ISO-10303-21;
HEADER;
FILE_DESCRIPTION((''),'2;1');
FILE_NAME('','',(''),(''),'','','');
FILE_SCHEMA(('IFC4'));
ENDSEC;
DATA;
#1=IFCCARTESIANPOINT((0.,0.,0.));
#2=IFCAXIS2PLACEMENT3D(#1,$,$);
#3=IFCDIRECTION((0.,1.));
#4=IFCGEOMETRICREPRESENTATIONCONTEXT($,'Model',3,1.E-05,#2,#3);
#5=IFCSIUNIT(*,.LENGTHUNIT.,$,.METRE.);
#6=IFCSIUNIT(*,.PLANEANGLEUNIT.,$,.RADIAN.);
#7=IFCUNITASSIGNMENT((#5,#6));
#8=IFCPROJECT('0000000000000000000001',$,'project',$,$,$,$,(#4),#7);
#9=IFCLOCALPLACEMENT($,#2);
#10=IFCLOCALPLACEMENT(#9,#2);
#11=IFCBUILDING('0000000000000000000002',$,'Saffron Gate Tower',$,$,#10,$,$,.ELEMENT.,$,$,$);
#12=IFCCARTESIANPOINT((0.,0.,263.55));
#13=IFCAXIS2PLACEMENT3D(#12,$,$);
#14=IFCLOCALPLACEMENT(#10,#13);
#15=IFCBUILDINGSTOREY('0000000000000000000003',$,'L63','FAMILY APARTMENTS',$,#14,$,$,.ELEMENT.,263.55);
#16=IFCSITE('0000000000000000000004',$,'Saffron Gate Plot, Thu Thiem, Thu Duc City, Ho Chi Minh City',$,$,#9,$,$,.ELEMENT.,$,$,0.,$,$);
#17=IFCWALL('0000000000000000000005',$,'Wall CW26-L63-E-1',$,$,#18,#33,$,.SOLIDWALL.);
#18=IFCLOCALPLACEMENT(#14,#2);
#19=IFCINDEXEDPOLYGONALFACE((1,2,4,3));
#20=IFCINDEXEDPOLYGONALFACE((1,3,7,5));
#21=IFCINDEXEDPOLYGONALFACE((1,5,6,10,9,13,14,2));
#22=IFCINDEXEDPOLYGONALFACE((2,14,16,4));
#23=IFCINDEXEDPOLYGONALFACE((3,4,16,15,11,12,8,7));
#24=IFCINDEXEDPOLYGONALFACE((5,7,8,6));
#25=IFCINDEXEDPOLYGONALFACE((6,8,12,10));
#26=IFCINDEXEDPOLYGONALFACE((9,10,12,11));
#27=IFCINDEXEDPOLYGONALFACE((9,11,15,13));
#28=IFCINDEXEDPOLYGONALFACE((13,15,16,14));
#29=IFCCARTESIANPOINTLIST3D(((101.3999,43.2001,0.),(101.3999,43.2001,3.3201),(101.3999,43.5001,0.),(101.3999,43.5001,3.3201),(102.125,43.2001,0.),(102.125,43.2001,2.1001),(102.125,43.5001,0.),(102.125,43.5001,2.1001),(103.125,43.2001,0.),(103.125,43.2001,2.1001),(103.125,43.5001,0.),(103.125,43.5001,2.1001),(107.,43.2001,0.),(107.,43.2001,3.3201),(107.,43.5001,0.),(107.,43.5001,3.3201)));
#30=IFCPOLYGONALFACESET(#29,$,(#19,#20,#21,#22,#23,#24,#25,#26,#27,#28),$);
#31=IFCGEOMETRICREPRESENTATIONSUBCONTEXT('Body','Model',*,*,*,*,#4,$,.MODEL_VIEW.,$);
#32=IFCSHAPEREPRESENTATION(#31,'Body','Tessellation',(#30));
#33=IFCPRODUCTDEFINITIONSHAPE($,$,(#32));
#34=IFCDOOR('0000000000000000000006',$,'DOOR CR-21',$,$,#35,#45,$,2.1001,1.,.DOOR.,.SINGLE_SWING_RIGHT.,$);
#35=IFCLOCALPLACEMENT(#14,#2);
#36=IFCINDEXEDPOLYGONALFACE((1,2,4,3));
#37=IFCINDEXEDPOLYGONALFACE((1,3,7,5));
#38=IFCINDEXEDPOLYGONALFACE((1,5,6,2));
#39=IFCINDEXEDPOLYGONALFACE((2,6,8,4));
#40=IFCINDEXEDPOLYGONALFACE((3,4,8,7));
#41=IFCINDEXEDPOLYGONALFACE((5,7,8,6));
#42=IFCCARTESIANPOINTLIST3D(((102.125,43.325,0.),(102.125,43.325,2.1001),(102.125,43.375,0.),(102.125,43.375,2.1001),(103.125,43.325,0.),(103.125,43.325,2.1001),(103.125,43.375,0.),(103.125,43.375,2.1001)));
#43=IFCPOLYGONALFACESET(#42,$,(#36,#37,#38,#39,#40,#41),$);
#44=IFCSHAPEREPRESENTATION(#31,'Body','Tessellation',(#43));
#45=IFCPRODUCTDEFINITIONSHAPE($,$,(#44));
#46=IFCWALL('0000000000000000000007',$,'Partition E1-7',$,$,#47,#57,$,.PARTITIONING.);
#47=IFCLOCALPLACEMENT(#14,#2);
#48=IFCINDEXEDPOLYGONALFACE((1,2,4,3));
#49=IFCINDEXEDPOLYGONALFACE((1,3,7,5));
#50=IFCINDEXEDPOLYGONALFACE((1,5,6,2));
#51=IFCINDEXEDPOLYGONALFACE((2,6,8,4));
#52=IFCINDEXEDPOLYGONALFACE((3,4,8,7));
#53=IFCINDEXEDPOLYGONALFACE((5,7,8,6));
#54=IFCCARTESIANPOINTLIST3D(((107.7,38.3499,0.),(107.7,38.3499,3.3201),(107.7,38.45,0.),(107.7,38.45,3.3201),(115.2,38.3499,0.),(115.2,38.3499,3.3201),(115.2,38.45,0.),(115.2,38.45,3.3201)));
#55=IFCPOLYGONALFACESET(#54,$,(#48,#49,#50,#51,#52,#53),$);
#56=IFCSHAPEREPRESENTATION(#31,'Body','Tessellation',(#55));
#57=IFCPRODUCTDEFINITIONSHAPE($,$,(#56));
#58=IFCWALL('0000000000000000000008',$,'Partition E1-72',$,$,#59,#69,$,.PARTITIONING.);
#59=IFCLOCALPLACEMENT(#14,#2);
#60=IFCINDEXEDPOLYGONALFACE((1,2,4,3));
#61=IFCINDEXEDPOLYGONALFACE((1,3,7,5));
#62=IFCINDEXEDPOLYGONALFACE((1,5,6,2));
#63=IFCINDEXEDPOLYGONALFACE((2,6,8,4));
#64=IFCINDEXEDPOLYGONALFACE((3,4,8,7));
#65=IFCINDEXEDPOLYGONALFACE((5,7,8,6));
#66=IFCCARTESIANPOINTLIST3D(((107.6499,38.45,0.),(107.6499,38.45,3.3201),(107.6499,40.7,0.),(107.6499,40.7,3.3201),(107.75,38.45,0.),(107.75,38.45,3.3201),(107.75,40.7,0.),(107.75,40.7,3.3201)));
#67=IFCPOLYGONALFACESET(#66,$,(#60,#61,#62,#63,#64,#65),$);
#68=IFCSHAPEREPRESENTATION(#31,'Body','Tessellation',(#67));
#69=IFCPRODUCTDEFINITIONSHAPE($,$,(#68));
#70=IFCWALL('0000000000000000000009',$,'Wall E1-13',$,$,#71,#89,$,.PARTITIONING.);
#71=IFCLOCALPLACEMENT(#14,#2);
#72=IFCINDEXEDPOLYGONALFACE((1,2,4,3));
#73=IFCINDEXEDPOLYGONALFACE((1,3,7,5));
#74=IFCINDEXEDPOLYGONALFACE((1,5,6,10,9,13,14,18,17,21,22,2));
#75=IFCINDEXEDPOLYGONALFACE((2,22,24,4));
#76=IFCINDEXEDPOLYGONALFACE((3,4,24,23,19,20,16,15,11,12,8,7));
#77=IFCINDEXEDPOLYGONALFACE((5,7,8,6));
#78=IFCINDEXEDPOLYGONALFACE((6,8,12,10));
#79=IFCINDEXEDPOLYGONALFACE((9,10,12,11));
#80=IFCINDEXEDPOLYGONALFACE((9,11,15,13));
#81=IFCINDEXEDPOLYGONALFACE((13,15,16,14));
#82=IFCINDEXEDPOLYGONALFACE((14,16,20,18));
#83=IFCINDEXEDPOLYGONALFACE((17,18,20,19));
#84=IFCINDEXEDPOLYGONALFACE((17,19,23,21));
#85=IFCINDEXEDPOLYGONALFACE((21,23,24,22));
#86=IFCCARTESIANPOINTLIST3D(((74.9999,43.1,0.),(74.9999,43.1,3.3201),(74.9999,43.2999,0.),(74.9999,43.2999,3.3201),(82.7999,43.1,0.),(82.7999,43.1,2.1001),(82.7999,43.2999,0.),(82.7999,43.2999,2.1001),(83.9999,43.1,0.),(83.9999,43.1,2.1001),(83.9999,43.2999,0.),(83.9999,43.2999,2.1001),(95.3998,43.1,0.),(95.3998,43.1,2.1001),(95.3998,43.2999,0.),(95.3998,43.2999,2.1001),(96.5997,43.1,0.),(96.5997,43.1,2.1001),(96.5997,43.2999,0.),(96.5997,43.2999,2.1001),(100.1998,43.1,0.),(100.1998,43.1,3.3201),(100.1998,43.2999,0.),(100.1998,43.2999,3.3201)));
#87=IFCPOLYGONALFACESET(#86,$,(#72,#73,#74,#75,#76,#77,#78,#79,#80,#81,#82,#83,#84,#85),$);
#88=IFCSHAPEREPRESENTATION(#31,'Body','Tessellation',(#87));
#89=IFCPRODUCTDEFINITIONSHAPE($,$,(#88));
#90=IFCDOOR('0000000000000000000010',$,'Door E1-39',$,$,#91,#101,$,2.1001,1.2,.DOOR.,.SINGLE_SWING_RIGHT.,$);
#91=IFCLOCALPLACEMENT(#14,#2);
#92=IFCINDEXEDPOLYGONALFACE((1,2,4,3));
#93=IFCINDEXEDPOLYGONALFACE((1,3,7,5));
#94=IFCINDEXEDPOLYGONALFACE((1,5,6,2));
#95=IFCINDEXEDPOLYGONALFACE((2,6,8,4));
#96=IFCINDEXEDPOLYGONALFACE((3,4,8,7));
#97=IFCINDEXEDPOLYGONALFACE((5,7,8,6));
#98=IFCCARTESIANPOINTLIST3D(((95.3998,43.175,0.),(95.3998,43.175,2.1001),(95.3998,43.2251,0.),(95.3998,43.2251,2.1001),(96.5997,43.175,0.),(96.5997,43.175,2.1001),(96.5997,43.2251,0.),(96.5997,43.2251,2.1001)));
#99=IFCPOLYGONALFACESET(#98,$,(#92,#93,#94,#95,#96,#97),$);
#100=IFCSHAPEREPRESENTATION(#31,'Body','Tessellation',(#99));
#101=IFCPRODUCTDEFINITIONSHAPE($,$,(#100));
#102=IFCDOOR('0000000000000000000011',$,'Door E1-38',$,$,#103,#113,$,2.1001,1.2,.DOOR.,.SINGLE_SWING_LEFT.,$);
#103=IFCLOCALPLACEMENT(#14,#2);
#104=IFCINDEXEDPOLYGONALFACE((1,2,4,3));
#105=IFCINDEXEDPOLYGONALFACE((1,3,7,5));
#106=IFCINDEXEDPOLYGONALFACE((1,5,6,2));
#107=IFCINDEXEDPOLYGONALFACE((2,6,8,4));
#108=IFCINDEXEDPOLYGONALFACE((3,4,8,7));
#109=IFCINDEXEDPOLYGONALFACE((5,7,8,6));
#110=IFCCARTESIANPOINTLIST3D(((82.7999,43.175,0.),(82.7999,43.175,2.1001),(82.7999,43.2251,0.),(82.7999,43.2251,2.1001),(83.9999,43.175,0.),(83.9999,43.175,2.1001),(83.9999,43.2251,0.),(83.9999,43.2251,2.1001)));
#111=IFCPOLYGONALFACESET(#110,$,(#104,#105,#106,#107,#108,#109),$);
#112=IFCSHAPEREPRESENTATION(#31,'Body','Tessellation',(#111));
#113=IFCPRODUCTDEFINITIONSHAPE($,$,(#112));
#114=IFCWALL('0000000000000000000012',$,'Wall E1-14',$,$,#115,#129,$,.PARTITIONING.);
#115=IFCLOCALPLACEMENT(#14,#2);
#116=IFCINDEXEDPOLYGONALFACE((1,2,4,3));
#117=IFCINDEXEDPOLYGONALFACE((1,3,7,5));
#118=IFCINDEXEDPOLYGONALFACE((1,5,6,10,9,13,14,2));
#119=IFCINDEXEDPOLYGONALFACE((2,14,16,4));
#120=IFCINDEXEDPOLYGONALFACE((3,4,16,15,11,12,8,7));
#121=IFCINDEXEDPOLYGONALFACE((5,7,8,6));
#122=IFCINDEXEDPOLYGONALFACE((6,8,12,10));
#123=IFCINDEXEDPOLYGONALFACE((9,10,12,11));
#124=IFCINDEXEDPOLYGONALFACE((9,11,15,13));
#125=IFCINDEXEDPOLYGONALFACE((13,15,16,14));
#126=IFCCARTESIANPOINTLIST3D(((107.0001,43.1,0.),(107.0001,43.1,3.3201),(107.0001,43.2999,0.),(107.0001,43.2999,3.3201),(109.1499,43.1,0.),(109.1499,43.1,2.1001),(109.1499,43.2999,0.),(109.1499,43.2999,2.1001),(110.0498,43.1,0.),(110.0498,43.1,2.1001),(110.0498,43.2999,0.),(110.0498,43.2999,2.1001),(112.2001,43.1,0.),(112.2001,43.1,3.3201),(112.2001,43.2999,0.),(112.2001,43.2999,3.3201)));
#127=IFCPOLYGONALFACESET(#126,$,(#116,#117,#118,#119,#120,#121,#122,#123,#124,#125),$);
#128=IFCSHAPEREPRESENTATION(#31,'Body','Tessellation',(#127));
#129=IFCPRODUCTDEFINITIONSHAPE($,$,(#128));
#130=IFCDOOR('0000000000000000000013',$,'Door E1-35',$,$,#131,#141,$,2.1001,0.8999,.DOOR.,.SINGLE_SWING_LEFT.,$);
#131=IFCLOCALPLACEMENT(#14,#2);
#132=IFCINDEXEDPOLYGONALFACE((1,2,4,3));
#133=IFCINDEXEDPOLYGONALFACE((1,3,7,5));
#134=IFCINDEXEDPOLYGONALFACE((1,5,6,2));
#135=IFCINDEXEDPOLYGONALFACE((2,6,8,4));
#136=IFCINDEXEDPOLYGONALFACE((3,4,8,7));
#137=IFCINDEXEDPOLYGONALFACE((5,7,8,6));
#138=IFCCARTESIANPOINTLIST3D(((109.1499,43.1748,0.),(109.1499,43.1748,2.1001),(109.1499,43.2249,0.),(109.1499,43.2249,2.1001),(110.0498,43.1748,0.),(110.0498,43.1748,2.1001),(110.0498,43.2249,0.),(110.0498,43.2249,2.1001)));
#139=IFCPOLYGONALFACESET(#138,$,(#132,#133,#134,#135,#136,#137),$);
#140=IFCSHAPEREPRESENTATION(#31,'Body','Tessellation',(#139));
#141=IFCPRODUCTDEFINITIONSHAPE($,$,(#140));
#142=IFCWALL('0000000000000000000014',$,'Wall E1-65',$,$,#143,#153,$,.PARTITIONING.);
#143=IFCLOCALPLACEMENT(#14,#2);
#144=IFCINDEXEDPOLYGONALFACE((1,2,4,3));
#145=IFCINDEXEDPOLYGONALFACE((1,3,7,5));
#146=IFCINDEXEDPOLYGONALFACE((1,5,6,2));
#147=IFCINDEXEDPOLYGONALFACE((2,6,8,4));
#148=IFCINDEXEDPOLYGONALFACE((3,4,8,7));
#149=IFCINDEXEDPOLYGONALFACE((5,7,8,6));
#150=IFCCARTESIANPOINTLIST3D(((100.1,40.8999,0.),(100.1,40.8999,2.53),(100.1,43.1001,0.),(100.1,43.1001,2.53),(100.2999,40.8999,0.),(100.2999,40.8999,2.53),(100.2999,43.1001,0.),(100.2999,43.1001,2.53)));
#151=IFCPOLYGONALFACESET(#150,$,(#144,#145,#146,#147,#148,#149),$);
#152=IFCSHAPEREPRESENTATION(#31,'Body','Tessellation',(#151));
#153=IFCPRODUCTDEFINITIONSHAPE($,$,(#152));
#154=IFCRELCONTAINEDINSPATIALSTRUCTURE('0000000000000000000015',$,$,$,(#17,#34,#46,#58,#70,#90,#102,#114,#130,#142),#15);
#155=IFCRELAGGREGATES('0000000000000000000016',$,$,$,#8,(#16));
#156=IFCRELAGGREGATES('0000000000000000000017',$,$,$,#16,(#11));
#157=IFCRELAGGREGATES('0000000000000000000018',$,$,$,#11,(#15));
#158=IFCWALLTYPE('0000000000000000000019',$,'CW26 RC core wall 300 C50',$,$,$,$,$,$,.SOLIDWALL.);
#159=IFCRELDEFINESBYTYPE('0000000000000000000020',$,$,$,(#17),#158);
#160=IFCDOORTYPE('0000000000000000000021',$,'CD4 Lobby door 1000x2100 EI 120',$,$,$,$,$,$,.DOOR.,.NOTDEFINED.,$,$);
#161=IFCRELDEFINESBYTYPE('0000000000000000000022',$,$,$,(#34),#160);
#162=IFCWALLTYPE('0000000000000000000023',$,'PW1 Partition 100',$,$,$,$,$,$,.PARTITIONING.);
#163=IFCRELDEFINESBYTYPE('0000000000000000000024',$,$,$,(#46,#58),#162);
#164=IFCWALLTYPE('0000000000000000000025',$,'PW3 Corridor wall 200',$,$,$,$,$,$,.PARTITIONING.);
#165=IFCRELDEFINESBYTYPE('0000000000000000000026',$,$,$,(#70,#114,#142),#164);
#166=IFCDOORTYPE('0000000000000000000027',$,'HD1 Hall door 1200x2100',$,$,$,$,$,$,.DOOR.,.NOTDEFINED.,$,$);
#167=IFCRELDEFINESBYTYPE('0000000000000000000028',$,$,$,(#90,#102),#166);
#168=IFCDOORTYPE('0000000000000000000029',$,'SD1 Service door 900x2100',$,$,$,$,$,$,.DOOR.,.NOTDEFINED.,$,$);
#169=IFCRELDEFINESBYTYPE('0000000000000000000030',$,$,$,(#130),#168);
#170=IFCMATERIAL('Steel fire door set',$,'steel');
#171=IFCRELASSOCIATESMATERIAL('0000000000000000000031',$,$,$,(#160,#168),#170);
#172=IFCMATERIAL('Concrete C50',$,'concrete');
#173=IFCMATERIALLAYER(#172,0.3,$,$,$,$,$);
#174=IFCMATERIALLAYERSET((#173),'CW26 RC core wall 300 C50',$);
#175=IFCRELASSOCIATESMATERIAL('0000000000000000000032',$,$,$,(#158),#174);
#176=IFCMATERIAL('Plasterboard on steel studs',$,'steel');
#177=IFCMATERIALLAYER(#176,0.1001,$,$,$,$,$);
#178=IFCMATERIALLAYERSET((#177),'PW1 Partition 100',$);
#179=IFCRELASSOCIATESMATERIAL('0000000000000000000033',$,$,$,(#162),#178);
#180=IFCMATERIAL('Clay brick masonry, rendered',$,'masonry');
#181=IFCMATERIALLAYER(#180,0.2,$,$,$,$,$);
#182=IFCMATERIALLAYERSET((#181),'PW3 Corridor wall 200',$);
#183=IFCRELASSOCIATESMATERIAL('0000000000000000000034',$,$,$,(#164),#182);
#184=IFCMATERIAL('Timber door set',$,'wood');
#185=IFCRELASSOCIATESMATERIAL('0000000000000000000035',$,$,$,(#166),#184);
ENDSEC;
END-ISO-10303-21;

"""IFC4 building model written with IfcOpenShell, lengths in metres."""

from ifc_helpers import new_model, si_unit, direction, frame, frame_2d, origin, place, context, subcontext, project, spatial, rectangle, extrude, material, layer, layer_set, type_object, element, fill, save


model = new_model("IFC4")

# Units and contexts
model_context = context("Model", 3, precision=1e-05, world=origin(), true_north=direction((0.0, 1.0)))
body_context = subcontext(model_context, "Body", "Model", "MODEL_VIEW")
ifc_project = project(units=[si_unit("LENGTHUNIT", "METRE"), si_unit("PLANEANGLEUNIT", "RADIAN")], contexts=[model_context])

# Site, building, storey
site_placement = place(None, origin())
site = spatial("IfcSite", under=ifc_project, at=site_placement, Name="Saffron Gate Plot, Thu Thiem, Thu Duc City, Ho Chi Minh City", CompositionType="ELEMENT", RefElevation=0.0)
building_placement = place(site_placement, origin())
building = spatial("IfcBuilding", under=site, at=building_placement, Name="Saffron Gate Tower", CompositionType="ELEMENT")
storey_placement = place(building_placement, frame((0.0, 0.0, 263.55)))
storey = spatial("IfcBuildingStorey", under=building, at=storey_placement, Name="L63", Description="FAMILY APARTMENTS", CompositionType="ELEMENT", Elevation=263.55)

# Shared definitions
ifc_material_1 = material(Name="Steel fire door set", Category="steel")
door_type_1 = type_object("IfcDoorType", Name="CD4 Lobby door 1000x2100 EI 120", OperationType="NOTDEFINED", PredefinedType="DOOR", material=ifc_material_1)
ifc_material_2 = material(Name="Concrete C50", Category="concrete")

# Wall, opening, door
ifc_layer_1 = layer(ifc_material_2, 0.3)
ifc_layer_set_1 = layer_set([ifc_layer_1], Name="CW26 RC core wall 300 C50")
wall_type_1 = type_object("IfcWallType", Name="CW26 RC core wall 300 C50", PredefinedType="SOLIDWALL", material=ifc_layer_set_1)
wall_1_placement = place(storey_placement, frame((101.3999, 43.3501, 0.0), z_axis=(0.0, 0.0, 1.0), x_axis=(1.0, 0.0, 0.0)))
wall_1 = element("IfcWall", 1, at=wall_1_placement, inside=storey, type_object=wall_type_1, Name="Wall CW26-L63-E-1", PredefinedType="SOLIDWALL", context=body_context, shape_type="SweptSolid", body=[
    extrude(rectangle(XDim=5.6001, YDim=0.3, at=frame_2d((2.8, 0.0))), origin(), (0.0, 0.0, 1.0), 3.3201),
])
opening_1_placement = place(wall_1_placement, frame((0.7251, 0.0, 0.0)))
opening_1 = element("IfcOpeningElement", 2, at=opening_1_placement, cuts=wall_1, PredefinedType="OPENING", context=body_context, shape_type="SweptSolid", body=[
    extrude(rectangle(XDim=1.0, YDim=2.1001, at=frame_2d((0.5, 1.05))), frame((0.0, 0.1602, 0.0), z_axis=(0.0, -1.0, 0.0), x_axis=(1.0, 0.0, 0.0)), (0.0, 0.0, 1.0), 0.3201),
])
door_1_placement = place(opening_1_placement, origin())
door_1 = element("IfcDoor", 3, at=door_1_placement, inside=storey, type_object=door_type_1, Name="DOOR CR-21", OperationType="SINGLE_SWING_RIGHT", OverallHeight=2.1001, OverallWidth=1.0, PredefinedType="DOOR", context=body_context, shape_type="SweptSolid", body=[
    extrude(rectangle(XDim=1.0, YDim=2.1001, at=frame_2d((0.5, 1.05))), frame((0.0, 0.0249, 0.0), z_axis=(0.0, -1.0, 0.0), x_axis=(1.0, 0.0, 0.0)), (0.0, 0.0, 1.0), 0.05),
])
fill(opening_1, door_1)

# Walls
ifc_material_3 = material(Name="Plasterboard on steel studs", Category="steel")
ifc_layer_2 = layer(ifc_material_3, 0.1001)
ifc_layer_set_2 = layer_set([ifc_layer_2], Name="PW1 Partition 100")
wall_type_2 = type_object("IfcWallType", Name="PW1 Partition 100", PredefinedType="PARTITIONING", material=ifc_layer_set_2)
wall_2_placement = place(storey_placement, frame((107.7, 38.3999, 0.0), z_axis=(0.0, 0.0, 1.0), x_axis=(1.0, 0.0, 0.0)))
element("IfcWall", 4, at=wall_2_placement, inside=storey, type_object=wall_type_2, Name="Partition E1-7", PredefinedType="PARTITIONING", context=body_context, shape_type="SweptSolid", body=[
    extrude(rectangle(XDim=7.5, YDim=0.1001, at=frame_2d((3.75, 0.0))), origin(), (0.0, 0.0, 1.0), 3.3201),
])
wall_3_placement = place(storey_placement, frame((107.7, 40.7, 0.0), z_axis=(0.0, 0.0, 1.0), x_axis=(0.0, -1.0, 0.0)))
element("IfcWall", 5, at=wall_3_placement, inside=storey, type_object=wall_type_2, Name="Partition E1-72", PredefinedType="PARTITIONING", context=body_context, shape_type="SweptSolid", body=[
    extrude(rectangle(XDim=2.25, YDim=0.1001, at=frame_2d((1.125, 0.0))), origin(), (0.0, 0.0, 1.0), 3.3201),
])

# Wall, openings, doors
ifc_material_4 = material(Name="Clay brick masonry, rendered", Category="masonry")
ifc_layer_3 = layer(ifc_material_4, 0.2)
ifc_layer_set_3 = layer_set([ifc_layer_3], Name="PW3 Corridor wall 200")
wall_type_3 = type_object("IfcWallType", Name="PW3 Corridor wall 200", PredefinedType="PARTITIONING", material=ifc_layer_set_3)
wall_4_placement = place(storey_placement, frame((100.2, 43.2, 0.0), z_axis=(0.0, 0.0, 1.0), x_axis=(-1.0, 0.0, 0.0)))
wall_4 = element("IfcWall", 6, at=wall_4_placement, inside=storey, type_object=wall_type_3, Name="Wall E1-13", PredefinedType="PARTITIONING", context=body_context, shape_type="SweptSolid", body=[
    extrude(rectangle(XDim=25.2, YDim=0.2, at=frame_2d((12.6001, 0.0))), origin(), (0.0, 0.0, 1.0), 3.3201),
])
opening_2_placement = place(wall_4_placement, frame((3.6001, 0.0, 0.0)))
opening_2 = element("IfcOpeningElement", 7, at=opening_2_placement, cuts=wall_4, PredefinedType="OPENING", context=body_context, shape_type="SweptSolid", body=[
    extrude(rectangle(XDim=1.2, YDim=2.1001, at=frame_2d((0.6001, 1.05))), frame((0.0, 0.1099, 0.0), z_axis=(0.0, -1.0, 0.0), x_axis=(1.0, 0.0, 0.0)), (0.0, 0.0, 1.0), 0.22),
])
opening_3_placement = place(wall_4_placement, frame((16.2, 0.0, 0.0)))
opening_3 = element("IfcOpeningElement", 8, at=opening_3_placement, cuts=wall_4, PredefinedType="OPENING", context=body_context, shape_type="SweptSolid", body=[
    extrude(rectangle(XDim=1.2, YDim=2.1001, at=frame_2d((0.6001, 1.05))), frame((0.0, 0.1099, 0.0), z_axis=(0.0, -1.0, 0.0), x_axis=(1.0, 0.0, 0.0)), (0.0, 0.0, 1.0), 0.22),
])
ifc_material_5 = material(Name="Timber door set", Category="wood")
door_type_2 = type_object("IfcDoorType", Name="HD1 Hall door 1200x2100", OperationType="NOTDEFINED", PredefinedType="DOOR", material=ifc_material_5)
door_2_placement = place(opening_2_placement, origin())
door_2 = element("IfcDoor", 9, at=door_2_placement, inside=storey, type_object=door_type_2, Name="Door E1-39", OperationType="SINGLE_SWING_RIGHT", OverallHeight=2.1001, OverallWidth=1.2, PredefinedType="DOOR", context=body_context, shape_type="SweptSolid", body=[
    extrude(rectangle(XDim=1.2, YDim=2.1001, at=frame_2d((0.6001, 1.05))), frame((0.0, 0.0249, 0.0), z_axis=(0.0, -1.0, 0.0), x_axis=(1.0, 0.0, 0.0)), (0.0, 0.0, 1.0), 0.05),
])
fill(opening_2, door_2)
door_3_placement = place(opening_3_placement, origin())
door_3 = element("IfcDoor", 10, at=door_3_placement, inside=storey, type_object=door_type_2, Name="Door E1-38", OperationType="SINGLE_SWING_LEFT", OverallHeight=2.1001, OverallWidth=1.2, PredefinedType="DOOR", context=body_context, shape_type="SweptSolid", body=[
    extrude(rectangle(XDim=1.2, YDim=2.1001, at=frame_2d((0.6001, 1.05))), frame((0.0, 0.0249, 0.0), z_axis=(0.0, -1.0, 0.0), x_axis=(1.0, 0.0, 0.0)), (0.0, 0.0, 1.0), 0.05),
])
fill(opening_3, door_3)

# Wall, opening, door
wall_5_placement = place(storey_placement, frame((107.0, 43.2, 0.0), z_axis=(0.0, 0.0, 1.0), x_axis=(1.0, 0.0, 0.0)))
wall_5 = element("IfcWall", 11, at=wall_5_placement, inside=storey, type_object=wall_type_3, Name="Wall E1-14", PredefinedType="PARTITIONING", context=body_context, shape_type="SweptSolid", body=[
    extrude(rectangle(XDim=5.2, YDim=0.2, at=frame_2d((2.6001, 0.0))), origin(), (0.0, 0.0, 1.0), 3.3201),
])
opening_4_placement = place(wall_5_placement, frame((2.1499, 0.0, 0.0)))
opening_4 = element("IfcOpeningElement", 12, at=opening_4_placement, cuts=wall_5, PredefinedType="OPENING", context=body_context, shape_type="SweptSolid", body=[
    extrude(rectangle(XDim=0.8999, YDim=2.1001, at=frame_2d((0.45, 1.05))), frame((0.0, 0.1099, 0.0), z_axis=(0.0, -1.0, 0.0), x_axis=(1.0, 0.0, 0.0)), (0.0, 0.0, 1.0), 0.22),
])
door_type_3 = type_object("IfcDoorType", Name="SD1 Service door 900x2100", OperationType="NOTDEFINED", PredefinedType="DOOR", material=ifc_material_1)
door_4_placement = place(opening_4_placement, origin())
door_4 = element("IfcDoor", 13, at=door_4_placement, inside=storey, type_object=door_type_3, Name="Door E1-35", OperationType="SINGLE_SWING_LEFT", OverallHeight=2.1001, OverallWidth=0.8999, PredefinedType="DOOR", context=body_context, shape_type="SweptSolid", body=[
    extrude(rectangle(XDim=0.8999, YDim=2.1001, at=frame_2d((0.45, 1.05))), frame((0.0, 0.0249, 0.0), z_axis=(0.0, -1.0, 0.0), x_axis=(1.0, 0.0, 0.0)), (0.0, 0.0, 1.0), 0.05),
])
fill(opening_4, door_4)

# Wall
wall_6_placement = place(storey_placement, frame((100.2, 43.1001, 0.0), z_axis=(0.0, 0.0, 1.0), x_axis=(0.0, -1.0, 0.0)))
element("IfcWall", 14, at=wall_6_placement, inside=storey, type_object=wall_type_3, Name="Wall E1-65", PredefinedType="PARTITIONING", context=body_context, shape_type="SweptSolid", body=[
    extrude(rectangle(XDim=2.2002, YDim=0.2, at=frame_2d((1.1001, 0.0))), origin(), (0.0, 0.0, 1.0), 2.53),
])

save(model, "model.ifc")
